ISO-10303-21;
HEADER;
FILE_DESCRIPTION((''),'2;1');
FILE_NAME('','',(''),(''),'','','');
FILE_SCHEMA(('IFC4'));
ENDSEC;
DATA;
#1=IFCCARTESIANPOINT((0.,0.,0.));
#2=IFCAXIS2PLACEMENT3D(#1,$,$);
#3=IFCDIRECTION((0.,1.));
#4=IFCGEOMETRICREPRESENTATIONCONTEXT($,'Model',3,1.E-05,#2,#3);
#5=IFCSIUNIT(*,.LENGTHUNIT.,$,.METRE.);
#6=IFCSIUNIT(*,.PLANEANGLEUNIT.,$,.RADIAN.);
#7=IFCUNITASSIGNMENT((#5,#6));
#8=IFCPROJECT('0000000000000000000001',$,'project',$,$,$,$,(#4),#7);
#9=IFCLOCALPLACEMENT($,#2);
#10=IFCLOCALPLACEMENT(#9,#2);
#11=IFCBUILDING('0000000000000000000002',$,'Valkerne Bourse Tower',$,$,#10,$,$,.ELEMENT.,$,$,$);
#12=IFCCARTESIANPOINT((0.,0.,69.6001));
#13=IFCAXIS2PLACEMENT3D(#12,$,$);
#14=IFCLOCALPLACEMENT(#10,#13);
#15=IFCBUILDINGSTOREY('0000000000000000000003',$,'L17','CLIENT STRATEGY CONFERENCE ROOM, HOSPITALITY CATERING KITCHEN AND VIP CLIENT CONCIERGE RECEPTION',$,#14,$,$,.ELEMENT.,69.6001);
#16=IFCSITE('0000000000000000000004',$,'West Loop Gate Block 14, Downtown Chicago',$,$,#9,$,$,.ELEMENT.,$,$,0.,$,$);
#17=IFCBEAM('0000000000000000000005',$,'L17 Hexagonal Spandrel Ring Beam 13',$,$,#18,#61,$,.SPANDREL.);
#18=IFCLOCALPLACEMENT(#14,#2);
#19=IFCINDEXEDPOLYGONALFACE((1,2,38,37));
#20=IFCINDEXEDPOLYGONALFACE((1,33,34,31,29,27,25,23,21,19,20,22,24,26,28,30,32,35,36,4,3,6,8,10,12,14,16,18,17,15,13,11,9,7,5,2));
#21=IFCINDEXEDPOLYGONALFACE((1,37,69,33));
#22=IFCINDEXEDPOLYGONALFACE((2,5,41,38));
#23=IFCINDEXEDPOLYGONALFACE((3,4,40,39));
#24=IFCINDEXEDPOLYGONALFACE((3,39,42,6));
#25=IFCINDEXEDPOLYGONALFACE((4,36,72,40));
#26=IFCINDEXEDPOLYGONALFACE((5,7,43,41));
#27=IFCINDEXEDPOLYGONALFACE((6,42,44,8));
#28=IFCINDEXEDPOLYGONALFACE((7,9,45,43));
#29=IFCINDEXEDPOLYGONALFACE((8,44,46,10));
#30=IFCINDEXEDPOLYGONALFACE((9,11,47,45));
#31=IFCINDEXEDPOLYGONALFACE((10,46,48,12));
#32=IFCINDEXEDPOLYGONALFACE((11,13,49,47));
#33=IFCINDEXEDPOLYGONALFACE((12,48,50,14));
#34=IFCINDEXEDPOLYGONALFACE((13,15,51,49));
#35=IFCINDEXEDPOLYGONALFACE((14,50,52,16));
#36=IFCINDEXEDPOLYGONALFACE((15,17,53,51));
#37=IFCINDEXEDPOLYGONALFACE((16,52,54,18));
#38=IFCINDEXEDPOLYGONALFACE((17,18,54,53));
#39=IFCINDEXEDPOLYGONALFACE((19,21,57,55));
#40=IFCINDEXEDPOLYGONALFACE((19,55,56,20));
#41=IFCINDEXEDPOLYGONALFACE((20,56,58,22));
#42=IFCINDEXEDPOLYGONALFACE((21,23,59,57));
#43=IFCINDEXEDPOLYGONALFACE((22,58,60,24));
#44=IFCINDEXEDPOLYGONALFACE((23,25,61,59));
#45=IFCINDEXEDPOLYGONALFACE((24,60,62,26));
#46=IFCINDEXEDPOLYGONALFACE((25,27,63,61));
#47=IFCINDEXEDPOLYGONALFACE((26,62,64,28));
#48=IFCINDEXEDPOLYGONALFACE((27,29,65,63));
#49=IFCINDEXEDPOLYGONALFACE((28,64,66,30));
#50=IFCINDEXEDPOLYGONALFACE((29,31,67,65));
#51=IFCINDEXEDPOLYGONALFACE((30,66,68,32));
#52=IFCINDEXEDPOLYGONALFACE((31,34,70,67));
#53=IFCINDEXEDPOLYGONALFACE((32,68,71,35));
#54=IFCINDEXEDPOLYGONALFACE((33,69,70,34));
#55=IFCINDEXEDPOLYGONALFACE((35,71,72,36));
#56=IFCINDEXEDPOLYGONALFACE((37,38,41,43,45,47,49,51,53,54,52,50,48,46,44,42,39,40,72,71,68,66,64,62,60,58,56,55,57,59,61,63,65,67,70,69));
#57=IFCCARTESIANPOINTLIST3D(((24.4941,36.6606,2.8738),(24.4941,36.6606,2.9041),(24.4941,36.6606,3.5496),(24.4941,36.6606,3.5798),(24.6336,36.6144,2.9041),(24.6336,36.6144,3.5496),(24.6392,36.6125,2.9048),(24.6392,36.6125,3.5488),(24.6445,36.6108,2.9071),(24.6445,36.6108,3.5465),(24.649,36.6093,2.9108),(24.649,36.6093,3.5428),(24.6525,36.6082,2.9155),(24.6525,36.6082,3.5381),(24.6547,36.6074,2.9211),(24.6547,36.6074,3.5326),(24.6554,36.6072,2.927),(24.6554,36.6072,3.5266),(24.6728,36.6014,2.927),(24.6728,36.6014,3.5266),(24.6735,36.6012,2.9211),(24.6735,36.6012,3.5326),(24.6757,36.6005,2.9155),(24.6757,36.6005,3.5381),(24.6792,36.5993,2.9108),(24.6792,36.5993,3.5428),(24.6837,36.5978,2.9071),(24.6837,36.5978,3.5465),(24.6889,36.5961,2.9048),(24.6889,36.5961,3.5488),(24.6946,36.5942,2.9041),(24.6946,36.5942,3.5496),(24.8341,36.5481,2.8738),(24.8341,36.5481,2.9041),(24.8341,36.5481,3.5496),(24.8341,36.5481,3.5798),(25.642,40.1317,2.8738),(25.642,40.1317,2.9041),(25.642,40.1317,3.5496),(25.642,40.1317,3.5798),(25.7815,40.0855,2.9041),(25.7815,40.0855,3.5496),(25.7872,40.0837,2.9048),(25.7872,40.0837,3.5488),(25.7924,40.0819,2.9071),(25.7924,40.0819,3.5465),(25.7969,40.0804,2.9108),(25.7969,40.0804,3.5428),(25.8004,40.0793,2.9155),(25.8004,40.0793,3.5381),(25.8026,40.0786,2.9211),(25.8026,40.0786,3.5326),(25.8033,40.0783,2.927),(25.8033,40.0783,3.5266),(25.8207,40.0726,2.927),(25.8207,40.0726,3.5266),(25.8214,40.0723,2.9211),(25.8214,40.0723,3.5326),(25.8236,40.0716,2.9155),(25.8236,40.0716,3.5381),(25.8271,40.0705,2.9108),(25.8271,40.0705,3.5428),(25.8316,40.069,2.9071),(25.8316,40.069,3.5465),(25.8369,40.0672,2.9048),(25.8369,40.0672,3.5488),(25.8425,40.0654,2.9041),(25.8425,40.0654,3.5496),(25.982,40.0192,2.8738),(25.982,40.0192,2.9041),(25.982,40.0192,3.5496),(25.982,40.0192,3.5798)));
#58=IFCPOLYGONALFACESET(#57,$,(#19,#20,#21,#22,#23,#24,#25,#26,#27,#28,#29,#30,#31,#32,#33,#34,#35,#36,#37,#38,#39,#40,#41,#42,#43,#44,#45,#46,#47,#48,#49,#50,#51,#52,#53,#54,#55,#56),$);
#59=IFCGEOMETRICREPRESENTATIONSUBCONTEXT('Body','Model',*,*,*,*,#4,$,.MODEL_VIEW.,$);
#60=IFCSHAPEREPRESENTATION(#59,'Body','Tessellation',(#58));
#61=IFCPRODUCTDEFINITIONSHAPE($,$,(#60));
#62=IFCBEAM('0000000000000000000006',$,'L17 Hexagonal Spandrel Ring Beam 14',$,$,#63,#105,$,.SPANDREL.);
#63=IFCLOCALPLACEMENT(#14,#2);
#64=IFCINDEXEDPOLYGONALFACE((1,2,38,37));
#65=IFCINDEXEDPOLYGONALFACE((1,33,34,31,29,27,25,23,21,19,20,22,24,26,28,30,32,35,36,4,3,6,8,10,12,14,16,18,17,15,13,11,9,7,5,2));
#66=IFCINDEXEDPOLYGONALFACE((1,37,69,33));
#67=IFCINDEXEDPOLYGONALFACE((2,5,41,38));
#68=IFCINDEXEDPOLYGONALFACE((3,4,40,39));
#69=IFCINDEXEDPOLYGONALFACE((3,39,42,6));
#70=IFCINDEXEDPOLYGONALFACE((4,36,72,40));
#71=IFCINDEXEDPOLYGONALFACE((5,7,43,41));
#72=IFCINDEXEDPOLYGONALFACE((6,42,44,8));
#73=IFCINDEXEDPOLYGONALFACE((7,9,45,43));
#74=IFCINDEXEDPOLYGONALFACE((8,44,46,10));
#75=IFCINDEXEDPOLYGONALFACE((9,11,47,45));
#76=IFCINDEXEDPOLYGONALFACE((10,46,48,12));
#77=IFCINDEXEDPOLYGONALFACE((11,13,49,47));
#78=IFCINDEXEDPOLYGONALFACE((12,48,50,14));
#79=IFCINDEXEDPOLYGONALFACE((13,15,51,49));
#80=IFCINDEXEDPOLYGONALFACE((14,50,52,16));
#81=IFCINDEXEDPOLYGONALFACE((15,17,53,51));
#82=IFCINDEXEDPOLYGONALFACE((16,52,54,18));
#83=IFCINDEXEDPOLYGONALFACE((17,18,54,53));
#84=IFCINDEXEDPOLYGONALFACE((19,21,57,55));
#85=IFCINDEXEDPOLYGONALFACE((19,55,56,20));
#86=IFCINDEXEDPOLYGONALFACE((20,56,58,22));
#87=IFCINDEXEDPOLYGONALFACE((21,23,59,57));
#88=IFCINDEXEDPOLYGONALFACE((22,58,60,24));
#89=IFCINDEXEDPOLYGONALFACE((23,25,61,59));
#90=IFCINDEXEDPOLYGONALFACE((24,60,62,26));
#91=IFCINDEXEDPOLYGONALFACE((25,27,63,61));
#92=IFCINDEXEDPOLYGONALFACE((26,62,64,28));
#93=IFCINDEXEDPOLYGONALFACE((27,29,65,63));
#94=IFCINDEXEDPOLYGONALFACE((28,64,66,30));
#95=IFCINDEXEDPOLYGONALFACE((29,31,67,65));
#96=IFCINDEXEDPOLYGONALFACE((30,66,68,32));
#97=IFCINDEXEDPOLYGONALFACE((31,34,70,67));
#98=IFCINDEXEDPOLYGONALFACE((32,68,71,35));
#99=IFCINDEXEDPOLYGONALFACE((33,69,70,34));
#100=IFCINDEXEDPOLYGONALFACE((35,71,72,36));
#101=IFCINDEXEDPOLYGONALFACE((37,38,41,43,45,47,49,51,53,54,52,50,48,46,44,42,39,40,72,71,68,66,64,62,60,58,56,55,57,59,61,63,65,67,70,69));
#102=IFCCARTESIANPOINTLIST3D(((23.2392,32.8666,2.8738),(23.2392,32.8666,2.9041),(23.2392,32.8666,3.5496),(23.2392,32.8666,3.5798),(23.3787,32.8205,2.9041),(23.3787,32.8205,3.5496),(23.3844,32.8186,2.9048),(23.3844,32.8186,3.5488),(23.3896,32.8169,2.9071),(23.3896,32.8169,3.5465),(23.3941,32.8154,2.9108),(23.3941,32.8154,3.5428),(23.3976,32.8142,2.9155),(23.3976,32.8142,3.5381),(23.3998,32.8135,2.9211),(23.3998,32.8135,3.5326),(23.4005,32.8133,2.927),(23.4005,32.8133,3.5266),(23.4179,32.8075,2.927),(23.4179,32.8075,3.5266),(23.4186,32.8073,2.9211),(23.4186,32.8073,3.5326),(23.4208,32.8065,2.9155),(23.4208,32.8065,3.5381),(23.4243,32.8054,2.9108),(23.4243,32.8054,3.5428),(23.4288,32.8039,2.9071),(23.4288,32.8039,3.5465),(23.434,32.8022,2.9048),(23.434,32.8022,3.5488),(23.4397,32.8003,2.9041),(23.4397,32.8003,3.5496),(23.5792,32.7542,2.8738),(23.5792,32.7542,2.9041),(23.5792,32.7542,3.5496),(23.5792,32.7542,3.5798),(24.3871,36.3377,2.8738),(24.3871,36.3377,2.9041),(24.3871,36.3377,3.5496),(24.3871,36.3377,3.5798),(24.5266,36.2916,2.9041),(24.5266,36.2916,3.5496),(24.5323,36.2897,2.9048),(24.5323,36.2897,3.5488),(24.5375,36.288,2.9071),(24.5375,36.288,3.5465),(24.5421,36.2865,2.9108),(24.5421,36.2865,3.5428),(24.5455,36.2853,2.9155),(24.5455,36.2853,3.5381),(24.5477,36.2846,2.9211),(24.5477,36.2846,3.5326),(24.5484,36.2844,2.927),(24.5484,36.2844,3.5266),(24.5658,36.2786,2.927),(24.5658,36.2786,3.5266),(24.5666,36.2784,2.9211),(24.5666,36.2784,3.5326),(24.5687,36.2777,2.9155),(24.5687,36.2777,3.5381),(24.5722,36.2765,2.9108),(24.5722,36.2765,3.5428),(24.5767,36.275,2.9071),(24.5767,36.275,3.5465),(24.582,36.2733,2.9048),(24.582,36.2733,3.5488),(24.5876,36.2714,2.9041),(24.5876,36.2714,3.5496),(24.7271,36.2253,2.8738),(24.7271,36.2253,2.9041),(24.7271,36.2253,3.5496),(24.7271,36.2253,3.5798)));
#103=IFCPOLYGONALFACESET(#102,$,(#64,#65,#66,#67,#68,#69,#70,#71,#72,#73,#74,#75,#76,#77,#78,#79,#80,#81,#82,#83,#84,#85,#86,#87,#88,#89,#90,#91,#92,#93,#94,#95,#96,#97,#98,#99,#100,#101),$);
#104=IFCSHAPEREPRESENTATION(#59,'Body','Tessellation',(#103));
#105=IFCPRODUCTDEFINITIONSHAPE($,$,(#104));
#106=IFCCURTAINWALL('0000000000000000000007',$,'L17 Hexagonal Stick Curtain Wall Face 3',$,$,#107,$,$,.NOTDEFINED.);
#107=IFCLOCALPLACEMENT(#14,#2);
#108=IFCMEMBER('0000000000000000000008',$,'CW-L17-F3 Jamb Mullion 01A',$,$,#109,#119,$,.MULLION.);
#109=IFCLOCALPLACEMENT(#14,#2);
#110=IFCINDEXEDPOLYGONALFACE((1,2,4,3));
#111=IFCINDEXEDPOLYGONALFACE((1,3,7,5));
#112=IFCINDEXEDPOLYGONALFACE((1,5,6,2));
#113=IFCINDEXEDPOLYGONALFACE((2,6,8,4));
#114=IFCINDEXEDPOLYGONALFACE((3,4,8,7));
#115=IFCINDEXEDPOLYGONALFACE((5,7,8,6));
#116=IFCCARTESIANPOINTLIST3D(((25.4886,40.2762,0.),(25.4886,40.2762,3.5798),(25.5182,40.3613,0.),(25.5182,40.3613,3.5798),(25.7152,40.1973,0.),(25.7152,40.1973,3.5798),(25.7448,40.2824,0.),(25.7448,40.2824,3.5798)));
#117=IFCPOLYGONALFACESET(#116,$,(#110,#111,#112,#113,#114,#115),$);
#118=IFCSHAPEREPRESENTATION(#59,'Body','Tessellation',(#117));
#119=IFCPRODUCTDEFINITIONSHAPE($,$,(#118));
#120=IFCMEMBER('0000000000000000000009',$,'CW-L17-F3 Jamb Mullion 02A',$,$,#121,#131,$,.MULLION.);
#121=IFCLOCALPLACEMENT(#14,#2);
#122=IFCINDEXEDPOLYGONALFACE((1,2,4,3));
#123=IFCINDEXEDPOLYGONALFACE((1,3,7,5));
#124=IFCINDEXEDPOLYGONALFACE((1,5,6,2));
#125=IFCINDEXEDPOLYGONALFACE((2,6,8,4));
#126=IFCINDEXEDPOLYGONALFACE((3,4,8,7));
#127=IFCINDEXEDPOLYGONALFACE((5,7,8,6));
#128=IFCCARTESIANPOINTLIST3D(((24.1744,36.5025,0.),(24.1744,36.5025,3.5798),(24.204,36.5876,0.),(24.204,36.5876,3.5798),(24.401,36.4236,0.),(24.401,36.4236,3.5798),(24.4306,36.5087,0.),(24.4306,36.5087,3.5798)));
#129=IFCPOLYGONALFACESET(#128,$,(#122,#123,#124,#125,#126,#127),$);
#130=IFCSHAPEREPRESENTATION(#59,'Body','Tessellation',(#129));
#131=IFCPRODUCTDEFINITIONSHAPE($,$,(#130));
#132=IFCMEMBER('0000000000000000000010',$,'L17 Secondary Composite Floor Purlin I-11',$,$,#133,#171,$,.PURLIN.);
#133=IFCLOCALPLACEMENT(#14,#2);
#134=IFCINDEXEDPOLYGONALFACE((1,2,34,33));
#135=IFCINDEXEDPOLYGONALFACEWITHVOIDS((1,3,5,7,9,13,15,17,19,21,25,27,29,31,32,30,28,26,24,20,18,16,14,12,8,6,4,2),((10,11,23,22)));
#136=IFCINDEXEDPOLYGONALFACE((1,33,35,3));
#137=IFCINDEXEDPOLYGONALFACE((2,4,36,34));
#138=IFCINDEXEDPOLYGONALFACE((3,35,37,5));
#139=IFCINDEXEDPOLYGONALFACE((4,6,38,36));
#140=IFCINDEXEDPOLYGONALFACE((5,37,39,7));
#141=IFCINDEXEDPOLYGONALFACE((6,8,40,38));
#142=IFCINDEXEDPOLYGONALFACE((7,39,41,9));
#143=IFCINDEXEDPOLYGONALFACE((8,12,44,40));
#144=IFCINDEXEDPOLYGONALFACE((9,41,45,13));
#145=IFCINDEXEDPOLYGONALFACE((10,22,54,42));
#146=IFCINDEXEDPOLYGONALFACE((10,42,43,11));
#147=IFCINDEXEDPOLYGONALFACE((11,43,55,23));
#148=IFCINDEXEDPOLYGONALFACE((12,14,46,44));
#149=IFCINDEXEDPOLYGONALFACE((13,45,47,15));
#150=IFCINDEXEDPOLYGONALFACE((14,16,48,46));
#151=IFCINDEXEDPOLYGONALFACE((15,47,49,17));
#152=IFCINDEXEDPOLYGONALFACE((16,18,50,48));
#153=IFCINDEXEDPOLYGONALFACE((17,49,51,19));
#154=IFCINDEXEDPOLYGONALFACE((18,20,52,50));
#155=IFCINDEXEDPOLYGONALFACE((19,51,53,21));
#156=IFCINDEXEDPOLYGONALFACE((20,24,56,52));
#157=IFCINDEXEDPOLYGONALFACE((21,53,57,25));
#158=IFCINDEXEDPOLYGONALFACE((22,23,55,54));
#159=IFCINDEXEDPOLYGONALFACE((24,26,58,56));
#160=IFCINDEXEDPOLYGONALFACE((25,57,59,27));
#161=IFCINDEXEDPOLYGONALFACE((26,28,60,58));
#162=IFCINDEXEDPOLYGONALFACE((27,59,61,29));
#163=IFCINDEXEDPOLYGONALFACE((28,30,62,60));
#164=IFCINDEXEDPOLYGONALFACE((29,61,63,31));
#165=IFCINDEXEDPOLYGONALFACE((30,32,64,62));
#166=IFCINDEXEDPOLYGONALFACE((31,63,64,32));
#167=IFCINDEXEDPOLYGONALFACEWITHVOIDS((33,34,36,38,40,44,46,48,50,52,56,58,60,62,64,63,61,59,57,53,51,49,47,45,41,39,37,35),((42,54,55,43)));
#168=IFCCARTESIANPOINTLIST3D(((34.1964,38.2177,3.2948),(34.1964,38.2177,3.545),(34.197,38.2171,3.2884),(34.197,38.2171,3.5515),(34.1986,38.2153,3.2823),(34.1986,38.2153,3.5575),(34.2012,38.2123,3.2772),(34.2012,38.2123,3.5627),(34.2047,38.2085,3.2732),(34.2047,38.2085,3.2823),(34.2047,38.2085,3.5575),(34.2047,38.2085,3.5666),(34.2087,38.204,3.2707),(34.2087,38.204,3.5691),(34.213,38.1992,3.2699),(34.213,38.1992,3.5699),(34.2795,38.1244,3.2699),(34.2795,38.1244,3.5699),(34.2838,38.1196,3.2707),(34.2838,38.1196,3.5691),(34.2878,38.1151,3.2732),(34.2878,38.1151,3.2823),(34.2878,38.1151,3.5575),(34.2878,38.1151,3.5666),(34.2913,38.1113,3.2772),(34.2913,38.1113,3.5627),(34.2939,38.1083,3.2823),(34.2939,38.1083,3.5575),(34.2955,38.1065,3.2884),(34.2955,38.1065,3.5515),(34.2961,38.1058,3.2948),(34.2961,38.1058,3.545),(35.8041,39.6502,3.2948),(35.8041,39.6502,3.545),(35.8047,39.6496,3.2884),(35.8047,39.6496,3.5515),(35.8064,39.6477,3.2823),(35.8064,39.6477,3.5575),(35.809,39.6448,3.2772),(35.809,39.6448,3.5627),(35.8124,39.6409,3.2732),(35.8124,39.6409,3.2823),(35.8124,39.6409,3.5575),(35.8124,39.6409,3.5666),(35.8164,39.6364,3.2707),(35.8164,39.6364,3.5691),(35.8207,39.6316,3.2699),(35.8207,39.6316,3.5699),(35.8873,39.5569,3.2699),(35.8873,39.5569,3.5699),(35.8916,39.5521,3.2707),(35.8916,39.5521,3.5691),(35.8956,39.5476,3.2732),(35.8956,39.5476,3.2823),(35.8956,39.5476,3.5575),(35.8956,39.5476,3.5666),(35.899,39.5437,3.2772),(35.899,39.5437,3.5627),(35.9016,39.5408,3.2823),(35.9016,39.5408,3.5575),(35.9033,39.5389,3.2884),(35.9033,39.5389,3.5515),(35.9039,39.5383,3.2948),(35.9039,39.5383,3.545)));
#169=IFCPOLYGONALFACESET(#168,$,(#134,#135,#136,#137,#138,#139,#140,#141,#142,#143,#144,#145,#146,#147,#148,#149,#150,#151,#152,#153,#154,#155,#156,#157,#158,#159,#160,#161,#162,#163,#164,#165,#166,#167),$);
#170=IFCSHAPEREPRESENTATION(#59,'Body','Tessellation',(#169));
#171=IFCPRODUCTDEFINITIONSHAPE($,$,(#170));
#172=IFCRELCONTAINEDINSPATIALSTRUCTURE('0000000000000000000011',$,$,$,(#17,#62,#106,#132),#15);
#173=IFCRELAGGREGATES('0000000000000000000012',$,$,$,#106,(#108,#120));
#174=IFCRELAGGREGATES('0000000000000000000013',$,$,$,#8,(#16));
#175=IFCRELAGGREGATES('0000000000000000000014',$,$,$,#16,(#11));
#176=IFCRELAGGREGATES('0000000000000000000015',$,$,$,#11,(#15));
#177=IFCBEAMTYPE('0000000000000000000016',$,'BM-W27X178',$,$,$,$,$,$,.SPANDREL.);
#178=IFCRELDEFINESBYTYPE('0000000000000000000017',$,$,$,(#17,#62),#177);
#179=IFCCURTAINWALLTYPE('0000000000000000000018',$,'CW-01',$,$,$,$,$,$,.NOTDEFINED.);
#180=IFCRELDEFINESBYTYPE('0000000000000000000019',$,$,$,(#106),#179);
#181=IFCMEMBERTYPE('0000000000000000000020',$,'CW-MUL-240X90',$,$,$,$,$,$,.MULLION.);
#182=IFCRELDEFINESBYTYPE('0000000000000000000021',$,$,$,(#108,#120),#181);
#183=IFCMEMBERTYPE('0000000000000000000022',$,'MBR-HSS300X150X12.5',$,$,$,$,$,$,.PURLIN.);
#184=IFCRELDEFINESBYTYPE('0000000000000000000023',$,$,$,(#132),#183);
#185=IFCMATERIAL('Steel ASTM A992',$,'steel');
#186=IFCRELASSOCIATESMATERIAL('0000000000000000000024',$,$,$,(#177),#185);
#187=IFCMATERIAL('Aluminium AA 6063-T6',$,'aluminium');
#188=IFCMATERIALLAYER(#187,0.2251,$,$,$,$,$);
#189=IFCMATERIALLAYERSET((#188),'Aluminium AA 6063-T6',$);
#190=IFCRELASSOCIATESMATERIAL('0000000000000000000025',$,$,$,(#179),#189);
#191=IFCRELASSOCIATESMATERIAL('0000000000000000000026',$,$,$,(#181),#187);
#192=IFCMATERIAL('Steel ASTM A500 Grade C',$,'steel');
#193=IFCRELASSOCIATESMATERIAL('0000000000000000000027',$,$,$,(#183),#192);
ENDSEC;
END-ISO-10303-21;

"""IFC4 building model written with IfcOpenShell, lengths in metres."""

from ifc_helpers import new_model, si_unit, direction, frame, origin, origin_2d, place, context, subcontext, project, spatial, rectangle, hollow_rectangle, i_section, extrude, material, layer, layer_set, material_profile, profile_set, type_object, element, aggregate, save


model = new_model("IFC4")

# Units and contexts
model_context = context("Model", 3, precision=1e-05, world=origin(), true_north=direction((0.0, 1.0)))
body_context = subcontext(model_context, "Body", "Model", "MODEL_VIEW")
ifc_project = project(units=[si_unit("LENGTHUNIT", "METRE"), si_unit("PLANEANGLEUNIT", "RADIAN")], contexts=[model_context])

# Site, building, storey
site_placement = place(None, origin())
site = spatial("IfcSite", under=ifc_project, at=site_placement, Name="West Loop Gate Block 14, Downtown Chicago", CompositionType="ELEMENT", RefElevation=0.0)
building_placement = place(site_placement, origin())
building = spatial("IfcBuilding", under=site, at=building_placement, Name="Valkerne Bourse Tower", CompositionType="ELEMENT")
storey_placement = place(building_placement, frame((0.0, 0.0, 69.6001)))
storey = spatial("IfcBuildingStorey", under=building, at=storey_placement, Name="L17", Description="CLIENT STRATEGY CONFERENCE ROOM, HOSPITALITY CATERING KITCHEN AND VIP CLIENT CONCIERGE RECEPTION", CompositionType="ELEMENT", Elevation=69.6001)

# Beams
ifc_material_1 = material(Name="Steel ASTM A992", Category="steel")
ifc_material_profile_1 = material_profile(ifc_material_1, i_section(OverallWidth=0.3582, OverallDepth=0.7061, WebThickness=0.0183, FlangeThickness=0.0303, FilletRadius=0.0229, at=origin_2d()), Name="W27X178")
ifc_profile_set_1 = profile_set([ifc_material_profile_1], Name="Steel ASTM A992")
beam_type_1 = type_object("IfcBeamType", Name="BM-W27X178", PredefinedType="SPANDREL", material=ifc_profile_set_1)
for number, where, z_axis, x_axis, name in (
    (1, (25.812, 40.0754, 3.2268), (-0.313983, -0.949429, 0.0), (0.949429, -0.313983, 0.0), "L17 Hexagonal Spandrel Ring Beam 13"),
    (2, (24.5571, 36.2815, 3.2268), (-0.313983, -0.949429, 0.0), (0.949429, -0.313983, 0.0), "L17 Hexagonal Spandrel Ring Beam 14"),
):
    element("IfcBeam", number, at=place(storey_placement, frame(where, z_axis=z_axis, x_axis=x_axis)), inside=storey, type_object=beam_type_1, Name=name, PredefinedType="SPANDREL", context=body_context, shape_type="SweptSolid", body=[
        extrude(i_section(OverallWidth=0.3582, OverallDepth=0.7061, WebThickness=0.0183, FlangeThickness=0.0303, FilletRadius=0.0229, at=origin_2d()), origin(), (0.0, 0.0, 1.0), 3.656),
    ])

# Curtain wall, members
ifc_material_2 = material(Name="Aluminium AA 6063-T6", Category="aluminium")
ifc_layer_1 = layer(ifc_material_2, 0.2251)
ifc_layer_set_1 = layer_set([ifc_layer_1], Name="Aluminium AA 6063-T6")
curtain_wall_type = type_object("IfcCurtainWallType", Name="CW-01", PredefinedType="NOTDEFINED", material=ifc_layer_set_1)
curtain_wall_placement = place(storey_placement, origin())
curtain_wall = element("IfcCurtainWall", 3, at=curtain_wall_placement, inside=storey, type_object=curtain_wall_type, Name="L17 Hexagonal Stick Curtain Wall Face 3", PredefinedType="NOTDEFINED")
ifc_material_profile_2 = material_profile(ifc_material_2, rectangle(XDim=0.0901, YDim=0.24, at=origin_2d()), Name="CWM-90X240")
ifc_profile_set_2 = profile_set([ifc_material_profile_2], Name="Aluminium AA 6063-T6")
member_type_1 = type_object("IfcMemberType", Name="CW-MUL-240X90", PredefinedType="MULLION", material=ifc_profile_set_2)
member_1_placement = place(storey_placement, frame((25.6167, 40.2793, 0.0), z_axis=(0.0, 0.0, 1.0), x_axis=(-0.32888, -0.944372, 0.0)))
member_1 = element("IfcMember", 4, at=member_1_placement, type_object=member_type_1, Name="CW-L17-F3 Jamb Mullion 01A", PredefinedType="MULLION", context=body_context, shape_type="SweptSolid", body=[
    extrude(rectangle(XDim=0.0901, YDim=0.24, at=origin_2d()), origin(), (0.0, 0.0, 1.0), 3.5798),
])
member_2_placement = place(storey_placement, frame((24.3025, 36.5056, 0.0), z_axis=(0.0, 0.0, 1.0), x_axis=(-0.32885, -0.944382, 0.0)))
member_2 = element("IfcMember", 5, at=member_2_placement, type_object=member_type_1, Name="CW-L17-F3 Jamb Mullion 02A", PredefinedType="MULLION", context=body_context, shape_type="SweptSolid", body=[
    extrude(rectangle(XDim=0.0901, YDim=0.24, at=origin_2d()), origin(), (0.0, 0.0, 1.0), 3.5798),
])

# Member
ifc_material_3 = material(Name="Steel ASTM A500 Grade C", Category="steel")
ifc_material_profile_3 = material_profile(ifc_material_3, hollow_rectangle(XDim=0.1499, YDim=0.3, WallThickness=0.0125, OuterFilletRadius=0.0249, at=origin_2d()), Name="HSS300X150X12.5")
ifc_profile_set_3 = profile_set([ifc_material_profile_3], Name="Steel ASTM A500 Grade C")
member_type_2 = type_object("IfcMemberType", Name="MBR-HSS300X150X12.5", PredefinedType="PURLIN", material=ifc_profile_set_3)
member_3_placement = place(storey_placement, frame((35.854, 39.5942, 3.4199), z_axis=(-0.746639, -0.665229, 0.0), x_axis=(0.665229, -0.746639, 0.0)))
element("IfcMember", 6, at=member_3_placement, inside=storey, type_object=member_type_2, Name="L17 Secondary Composite Floor Purlin I-11", PredefinedType="PURLIN", context=body_context, shape_type="SweptSolid", body=[
    extrude(hollow_rectangle(XDim=0.1499, YDim=0.3, WallThickness=0.0125, OuterFilletRadius=0.0249, at=origin_2d()), origin(), (0.0, 0.0, 1.0), 2.1533),
])

aggregate(curtain_wall, [member_1, member_2])

save(model, "model.ifc")
